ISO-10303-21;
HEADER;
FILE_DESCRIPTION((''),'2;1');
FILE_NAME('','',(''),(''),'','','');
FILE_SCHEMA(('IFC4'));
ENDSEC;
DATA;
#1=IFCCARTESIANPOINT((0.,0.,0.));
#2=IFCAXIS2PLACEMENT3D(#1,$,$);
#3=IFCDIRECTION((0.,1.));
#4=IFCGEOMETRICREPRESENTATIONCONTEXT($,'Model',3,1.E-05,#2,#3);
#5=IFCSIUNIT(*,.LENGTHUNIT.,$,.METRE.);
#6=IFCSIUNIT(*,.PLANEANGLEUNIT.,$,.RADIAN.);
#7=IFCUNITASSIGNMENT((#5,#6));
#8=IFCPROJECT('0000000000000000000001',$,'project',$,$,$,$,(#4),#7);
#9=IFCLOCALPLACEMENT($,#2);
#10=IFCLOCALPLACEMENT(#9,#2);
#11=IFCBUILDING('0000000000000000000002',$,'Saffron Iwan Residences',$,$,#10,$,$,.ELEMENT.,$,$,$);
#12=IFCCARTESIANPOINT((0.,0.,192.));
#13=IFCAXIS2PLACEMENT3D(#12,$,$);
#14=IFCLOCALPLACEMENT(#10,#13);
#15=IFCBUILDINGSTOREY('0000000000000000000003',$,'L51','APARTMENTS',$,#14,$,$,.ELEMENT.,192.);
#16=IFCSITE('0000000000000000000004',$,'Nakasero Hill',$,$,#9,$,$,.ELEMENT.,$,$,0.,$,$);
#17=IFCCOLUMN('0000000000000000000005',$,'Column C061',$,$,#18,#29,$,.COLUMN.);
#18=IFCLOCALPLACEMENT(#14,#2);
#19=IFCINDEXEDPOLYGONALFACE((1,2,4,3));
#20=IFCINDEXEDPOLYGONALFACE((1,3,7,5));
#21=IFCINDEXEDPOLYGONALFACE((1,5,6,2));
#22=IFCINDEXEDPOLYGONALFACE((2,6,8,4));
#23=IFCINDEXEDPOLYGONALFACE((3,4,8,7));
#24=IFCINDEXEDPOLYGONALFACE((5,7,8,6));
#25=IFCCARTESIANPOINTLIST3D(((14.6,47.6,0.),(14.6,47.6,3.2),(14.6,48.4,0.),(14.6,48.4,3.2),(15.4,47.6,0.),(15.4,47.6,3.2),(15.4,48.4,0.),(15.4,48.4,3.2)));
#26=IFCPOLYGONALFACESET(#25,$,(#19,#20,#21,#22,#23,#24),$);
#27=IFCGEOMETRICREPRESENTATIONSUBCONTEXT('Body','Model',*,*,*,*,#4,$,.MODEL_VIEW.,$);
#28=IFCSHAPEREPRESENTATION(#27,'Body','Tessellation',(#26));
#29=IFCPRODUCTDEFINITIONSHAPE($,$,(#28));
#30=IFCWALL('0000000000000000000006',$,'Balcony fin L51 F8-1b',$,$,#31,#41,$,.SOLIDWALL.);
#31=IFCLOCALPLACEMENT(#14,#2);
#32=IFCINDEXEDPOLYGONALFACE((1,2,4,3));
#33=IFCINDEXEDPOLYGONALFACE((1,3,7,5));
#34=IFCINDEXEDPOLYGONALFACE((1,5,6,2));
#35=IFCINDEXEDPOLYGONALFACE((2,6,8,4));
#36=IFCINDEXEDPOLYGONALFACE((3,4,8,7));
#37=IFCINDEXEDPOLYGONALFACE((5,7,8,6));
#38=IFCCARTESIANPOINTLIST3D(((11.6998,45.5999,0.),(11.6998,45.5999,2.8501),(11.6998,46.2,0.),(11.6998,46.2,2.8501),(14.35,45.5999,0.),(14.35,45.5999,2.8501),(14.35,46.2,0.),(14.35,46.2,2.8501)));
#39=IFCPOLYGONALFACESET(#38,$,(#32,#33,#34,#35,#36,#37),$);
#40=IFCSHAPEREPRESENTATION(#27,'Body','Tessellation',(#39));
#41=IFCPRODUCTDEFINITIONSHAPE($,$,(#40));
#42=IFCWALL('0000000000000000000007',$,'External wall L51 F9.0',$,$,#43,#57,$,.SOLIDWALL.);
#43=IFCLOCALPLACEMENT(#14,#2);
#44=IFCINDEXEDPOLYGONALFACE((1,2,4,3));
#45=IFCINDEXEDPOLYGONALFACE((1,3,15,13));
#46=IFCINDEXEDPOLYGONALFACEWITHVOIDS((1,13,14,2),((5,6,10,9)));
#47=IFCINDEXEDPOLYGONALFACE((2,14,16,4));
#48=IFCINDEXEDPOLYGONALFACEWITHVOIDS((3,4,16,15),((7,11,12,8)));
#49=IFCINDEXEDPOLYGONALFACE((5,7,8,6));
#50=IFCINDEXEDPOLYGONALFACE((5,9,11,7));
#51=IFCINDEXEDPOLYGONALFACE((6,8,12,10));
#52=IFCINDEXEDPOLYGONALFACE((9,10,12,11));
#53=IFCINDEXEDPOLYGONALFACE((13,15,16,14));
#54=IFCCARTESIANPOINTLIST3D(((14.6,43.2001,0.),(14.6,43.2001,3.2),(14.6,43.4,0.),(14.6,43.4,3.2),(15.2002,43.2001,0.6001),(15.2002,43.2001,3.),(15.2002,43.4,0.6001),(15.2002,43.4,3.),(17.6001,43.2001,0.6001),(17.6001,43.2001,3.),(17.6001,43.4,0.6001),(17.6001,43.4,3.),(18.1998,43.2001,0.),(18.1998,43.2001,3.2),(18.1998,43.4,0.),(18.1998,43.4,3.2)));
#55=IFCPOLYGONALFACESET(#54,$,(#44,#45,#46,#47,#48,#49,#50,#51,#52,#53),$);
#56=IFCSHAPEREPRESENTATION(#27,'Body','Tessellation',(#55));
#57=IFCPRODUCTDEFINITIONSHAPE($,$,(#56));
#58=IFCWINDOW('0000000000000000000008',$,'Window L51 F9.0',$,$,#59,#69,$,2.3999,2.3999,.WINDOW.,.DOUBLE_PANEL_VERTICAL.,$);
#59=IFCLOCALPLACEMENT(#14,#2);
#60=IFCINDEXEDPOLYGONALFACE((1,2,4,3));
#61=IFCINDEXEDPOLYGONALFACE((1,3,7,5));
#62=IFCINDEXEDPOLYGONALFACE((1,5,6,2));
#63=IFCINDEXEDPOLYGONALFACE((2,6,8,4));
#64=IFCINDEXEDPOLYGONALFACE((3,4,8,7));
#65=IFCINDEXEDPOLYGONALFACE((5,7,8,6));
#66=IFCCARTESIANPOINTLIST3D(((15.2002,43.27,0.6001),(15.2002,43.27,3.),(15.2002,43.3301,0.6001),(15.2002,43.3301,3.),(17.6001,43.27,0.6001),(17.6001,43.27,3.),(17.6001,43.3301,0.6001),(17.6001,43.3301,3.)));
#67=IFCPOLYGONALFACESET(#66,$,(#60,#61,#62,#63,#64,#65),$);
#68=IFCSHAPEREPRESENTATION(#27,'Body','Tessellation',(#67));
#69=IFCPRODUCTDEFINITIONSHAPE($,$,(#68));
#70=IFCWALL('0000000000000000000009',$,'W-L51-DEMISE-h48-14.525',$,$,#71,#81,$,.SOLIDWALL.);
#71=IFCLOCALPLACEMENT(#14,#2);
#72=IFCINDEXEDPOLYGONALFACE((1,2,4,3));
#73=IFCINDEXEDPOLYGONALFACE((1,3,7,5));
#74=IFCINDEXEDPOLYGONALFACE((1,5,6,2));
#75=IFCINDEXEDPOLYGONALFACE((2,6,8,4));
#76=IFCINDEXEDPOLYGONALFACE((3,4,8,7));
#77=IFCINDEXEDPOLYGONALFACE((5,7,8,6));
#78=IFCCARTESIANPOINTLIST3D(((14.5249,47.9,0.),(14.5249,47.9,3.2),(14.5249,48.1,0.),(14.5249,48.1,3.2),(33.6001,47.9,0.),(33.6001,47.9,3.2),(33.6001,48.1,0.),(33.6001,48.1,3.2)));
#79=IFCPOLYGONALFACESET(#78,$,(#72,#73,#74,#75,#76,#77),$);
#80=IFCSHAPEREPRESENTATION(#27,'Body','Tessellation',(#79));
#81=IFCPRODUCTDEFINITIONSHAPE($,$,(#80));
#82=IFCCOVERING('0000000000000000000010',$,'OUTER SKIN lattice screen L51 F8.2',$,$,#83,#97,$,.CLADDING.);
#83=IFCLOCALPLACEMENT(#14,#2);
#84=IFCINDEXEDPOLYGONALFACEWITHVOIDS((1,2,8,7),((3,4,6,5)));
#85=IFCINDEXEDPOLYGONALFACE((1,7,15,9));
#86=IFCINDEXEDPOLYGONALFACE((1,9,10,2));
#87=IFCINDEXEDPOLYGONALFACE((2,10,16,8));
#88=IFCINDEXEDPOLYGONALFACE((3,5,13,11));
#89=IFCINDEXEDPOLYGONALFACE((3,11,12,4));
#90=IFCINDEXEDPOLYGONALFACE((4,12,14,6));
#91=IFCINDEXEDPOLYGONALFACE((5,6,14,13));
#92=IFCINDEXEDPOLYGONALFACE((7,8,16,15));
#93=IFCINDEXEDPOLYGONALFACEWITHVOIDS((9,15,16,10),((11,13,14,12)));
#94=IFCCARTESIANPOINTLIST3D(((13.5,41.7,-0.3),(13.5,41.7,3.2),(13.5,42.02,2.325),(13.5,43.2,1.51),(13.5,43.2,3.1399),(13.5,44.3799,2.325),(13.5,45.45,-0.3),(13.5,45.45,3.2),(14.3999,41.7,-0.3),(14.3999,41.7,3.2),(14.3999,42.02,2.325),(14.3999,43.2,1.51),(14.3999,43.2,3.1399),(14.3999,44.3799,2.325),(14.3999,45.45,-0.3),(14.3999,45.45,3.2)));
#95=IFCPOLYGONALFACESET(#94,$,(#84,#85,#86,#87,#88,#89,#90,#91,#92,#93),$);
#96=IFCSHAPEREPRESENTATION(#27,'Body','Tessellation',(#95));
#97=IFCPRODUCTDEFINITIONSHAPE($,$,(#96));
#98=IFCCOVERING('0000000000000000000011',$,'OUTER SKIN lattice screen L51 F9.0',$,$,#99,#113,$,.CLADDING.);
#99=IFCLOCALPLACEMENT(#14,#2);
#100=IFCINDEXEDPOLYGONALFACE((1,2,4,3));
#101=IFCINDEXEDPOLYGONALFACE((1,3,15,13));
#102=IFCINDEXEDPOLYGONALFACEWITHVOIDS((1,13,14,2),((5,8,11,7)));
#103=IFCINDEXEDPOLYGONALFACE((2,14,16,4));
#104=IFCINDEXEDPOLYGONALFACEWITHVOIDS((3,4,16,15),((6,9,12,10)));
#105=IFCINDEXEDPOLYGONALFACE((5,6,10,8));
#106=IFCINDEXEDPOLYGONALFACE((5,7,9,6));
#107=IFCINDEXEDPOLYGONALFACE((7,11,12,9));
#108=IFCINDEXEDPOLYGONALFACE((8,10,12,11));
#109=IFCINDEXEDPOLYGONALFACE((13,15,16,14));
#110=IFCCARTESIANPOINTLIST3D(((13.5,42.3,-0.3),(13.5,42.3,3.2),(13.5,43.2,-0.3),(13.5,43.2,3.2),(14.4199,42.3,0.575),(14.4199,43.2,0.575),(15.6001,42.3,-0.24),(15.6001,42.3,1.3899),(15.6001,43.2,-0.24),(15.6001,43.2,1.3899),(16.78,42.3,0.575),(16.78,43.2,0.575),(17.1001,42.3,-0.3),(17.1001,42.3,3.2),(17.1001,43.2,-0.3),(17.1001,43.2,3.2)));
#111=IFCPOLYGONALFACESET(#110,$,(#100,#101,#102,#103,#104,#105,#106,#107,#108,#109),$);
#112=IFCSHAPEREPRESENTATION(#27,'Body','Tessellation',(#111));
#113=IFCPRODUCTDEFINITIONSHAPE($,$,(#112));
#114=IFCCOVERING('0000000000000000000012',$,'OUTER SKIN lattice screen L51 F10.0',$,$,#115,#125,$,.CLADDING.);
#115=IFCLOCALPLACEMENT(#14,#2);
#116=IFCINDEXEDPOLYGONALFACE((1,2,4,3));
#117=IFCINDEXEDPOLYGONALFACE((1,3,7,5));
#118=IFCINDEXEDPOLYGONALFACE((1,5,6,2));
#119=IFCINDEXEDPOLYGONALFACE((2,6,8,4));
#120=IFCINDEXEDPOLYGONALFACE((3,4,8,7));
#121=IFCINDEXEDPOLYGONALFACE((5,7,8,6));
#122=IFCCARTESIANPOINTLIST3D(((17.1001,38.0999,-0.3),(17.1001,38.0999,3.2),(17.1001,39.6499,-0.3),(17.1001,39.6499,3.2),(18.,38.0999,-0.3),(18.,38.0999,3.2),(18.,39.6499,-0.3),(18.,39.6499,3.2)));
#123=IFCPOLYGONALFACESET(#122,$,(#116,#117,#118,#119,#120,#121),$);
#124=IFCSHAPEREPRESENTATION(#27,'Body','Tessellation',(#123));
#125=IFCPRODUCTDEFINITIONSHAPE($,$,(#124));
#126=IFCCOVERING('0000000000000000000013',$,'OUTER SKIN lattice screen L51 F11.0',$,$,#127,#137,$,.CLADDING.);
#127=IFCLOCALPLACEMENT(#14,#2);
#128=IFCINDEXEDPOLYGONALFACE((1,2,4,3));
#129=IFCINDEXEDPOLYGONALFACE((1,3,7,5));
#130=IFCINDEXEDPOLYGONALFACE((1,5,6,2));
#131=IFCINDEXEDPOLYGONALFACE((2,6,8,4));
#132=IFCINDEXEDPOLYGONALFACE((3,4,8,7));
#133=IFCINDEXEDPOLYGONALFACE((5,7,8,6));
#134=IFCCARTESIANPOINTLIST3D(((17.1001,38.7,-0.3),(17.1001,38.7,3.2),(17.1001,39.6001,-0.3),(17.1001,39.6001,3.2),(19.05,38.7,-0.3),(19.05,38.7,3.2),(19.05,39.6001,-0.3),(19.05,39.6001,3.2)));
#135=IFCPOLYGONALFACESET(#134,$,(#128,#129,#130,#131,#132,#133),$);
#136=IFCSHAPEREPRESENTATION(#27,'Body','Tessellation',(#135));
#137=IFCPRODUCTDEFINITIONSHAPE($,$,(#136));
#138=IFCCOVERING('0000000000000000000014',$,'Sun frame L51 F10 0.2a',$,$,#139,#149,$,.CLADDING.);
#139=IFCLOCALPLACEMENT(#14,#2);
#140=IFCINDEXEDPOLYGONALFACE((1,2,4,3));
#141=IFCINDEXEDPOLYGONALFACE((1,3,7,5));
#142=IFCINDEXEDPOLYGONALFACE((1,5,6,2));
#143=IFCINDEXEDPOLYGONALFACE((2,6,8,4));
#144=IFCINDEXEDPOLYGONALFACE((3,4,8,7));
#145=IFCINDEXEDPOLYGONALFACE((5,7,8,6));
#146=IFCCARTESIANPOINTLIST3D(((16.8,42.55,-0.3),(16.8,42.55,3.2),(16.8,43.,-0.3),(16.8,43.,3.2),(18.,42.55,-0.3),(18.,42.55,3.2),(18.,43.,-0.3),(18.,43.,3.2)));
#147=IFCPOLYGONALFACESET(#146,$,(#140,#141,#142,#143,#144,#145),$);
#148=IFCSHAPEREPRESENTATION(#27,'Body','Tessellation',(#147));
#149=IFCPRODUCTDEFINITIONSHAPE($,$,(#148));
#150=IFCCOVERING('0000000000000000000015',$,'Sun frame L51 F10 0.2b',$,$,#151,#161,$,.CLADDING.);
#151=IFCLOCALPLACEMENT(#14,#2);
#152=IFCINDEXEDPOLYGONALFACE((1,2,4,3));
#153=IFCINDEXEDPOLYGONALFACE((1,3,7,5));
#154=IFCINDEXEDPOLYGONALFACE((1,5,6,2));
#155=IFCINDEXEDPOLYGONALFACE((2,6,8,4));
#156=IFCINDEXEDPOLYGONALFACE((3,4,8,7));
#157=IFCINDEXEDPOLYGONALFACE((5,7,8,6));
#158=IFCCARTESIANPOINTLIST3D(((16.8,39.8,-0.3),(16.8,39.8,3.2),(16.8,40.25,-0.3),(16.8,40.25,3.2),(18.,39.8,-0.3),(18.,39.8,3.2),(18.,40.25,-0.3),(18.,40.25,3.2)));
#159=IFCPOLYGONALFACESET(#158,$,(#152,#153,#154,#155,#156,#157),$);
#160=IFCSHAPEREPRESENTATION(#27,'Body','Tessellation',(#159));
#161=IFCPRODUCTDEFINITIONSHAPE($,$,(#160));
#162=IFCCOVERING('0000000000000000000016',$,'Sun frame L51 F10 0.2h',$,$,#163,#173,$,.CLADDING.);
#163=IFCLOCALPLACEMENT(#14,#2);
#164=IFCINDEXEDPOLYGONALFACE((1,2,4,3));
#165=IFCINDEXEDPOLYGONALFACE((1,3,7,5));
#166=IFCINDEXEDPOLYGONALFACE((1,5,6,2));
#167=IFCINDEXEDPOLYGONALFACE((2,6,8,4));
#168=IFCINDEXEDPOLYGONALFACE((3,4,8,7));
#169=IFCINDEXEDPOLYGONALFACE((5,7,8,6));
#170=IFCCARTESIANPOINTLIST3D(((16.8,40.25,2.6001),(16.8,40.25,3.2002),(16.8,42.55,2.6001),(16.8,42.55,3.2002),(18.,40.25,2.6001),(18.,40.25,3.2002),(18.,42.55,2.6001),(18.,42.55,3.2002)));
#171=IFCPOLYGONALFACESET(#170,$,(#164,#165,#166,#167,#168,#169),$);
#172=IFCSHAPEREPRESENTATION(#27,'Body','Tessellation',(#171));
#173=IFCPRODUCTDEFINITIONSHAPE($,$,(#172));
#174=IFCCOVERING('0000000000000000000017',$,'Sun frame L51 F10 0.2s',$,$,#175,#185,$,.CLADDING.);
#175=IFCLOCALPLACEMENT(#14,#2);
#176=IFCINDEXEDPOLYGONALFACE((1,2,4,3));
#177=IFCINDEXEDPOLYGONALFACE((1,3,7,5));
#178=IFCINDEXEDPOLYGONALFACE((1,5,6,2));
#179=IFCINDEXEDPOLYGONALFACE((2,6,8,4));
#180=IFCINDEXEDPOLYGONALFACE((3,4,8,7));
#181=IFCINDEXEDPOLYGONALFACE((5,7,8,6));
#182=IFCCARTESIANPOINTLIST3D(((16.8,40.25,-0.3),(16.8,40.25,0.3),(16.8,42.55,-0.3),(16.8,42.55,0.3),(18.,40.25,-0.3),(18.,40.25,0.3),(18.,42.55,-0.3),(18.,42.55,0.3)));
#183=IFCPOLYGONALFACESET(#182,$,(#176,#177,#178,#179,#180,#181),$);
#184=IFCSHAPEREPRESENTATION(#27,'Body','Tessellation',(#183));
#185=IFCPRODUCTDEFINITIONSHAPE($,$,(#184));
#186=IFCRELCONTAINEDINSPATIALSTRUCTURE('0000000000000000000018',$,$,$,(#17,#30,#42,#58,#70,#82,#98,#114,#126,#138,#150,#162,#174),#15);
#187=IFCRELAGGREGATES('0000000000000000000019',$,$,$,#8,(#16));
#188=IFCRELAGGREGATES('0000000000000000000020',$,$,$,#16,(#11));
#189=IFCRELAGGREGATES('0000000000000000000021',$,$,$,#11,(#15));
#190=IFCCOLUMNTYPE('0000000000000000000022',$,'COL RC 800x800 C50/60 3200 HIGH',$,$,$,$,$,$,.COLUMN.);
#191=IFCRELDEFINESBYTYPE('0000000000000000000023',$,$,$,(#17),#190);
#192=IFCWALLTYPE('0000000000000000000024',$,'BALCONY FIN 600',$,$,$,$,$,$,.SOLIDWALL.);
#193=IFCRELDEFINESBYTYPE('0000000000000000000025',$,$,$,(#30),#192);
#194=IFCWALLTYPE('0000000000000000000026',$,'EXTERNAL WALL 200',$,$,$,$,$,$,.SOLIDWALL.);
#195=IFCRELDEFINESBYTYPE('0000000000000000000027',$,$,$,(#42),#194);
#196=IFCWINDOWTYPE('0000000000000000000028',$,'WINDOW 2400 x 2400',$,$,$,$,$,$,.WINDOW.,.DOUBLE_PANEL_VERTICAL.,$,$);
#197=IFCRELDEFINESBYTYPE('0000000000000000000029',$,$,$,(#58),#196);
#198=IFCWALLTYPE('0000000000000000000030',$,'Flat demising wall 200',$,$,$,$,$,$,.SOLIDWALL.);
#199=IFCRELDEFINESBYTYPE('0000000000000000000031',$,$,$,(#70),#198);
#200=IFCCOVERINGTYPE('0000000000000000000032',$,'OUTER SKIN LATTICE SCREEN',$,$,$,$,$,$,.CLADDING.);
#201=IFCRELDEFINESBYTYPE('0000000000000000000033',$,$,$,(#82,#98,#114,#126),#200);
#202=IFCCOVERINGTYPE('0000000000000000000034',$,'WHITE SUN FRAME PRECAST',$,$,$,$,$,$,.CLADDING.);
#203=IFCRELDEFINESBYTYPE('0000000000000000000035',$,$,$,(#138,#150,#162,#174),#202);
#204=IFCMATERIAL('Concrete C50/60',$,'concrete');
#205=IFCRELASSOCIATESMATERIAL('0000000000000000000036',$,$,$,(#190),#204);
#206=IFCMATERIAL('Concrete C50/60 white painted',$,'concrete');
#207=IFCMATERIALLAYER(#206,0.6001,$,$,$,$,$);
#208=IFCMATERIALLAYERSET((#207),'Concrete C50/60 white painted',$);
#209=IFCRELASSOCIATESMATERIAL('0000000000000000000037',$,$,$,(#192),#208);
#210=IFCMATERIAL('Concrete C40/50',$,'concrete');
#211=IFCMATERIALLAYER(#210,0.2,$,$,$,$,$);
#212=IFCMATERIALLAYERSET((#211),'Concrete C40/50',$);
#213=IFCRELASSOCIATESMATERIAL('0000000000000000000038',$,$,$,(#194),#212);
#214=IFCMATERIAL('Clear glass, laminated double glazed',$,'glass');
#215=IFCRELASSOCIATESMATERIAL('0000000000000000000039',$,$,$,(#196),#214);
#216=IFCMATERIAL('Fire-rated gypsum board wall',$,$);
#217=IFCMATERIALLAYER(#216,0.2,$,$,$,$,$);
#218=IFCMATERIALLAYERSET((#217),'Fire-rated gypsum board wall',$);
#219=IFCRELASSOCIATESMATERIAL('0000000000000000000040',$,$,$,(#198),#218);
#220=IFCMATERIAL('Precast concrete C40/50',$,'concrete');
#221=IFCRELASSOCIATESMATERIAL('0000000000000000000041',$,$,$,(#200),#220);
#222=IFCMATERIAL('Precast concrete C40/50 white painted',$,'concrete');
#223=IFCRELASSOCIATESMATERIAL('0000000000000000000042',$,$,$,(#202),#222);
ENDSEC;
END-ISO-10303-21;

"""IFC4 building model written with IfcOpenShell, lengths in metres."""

from ifc_helpers import new_model, si_unit, direction, frame, frame_2d, origin, origin_2d, place, context, subcontext, project, spatial, polyline, rectangle, outline, extrude, source, transform, mapped, material, layer, layer_set, material_profile, profile_set, type_object, element, fill, save


model = new_model("IFC4")

# Units and contexts
model_context = context("Model", 3, precision=1e-05, world=origin(), true_north=direction((0.0, 1.0)))
body_context = subcontext(model_context, "Body", "Model", "MODEL_VIEW")
ifc_project = project(units=[si_unit("LENGTHUNIT", "METRE"), si_unit("PLANEANGLEUNIT", "RADIAN")], contexts=[model_context])

# Site, building, storey
site_placement = place(None, origin())
site = spatial("IfcSite", under=ifc_project, at=site_placement, Name="Nakasero Hill", CompositionType="ELEMENT", RefElevation=0.0)
building_placement = place(site_placement, origin())
building = spatial("IfcBuilding", under=site, at=building_placement, Name="Saffron Iwan Residences", CompositionType="ELEMENT")
storey_placement = place(building_placement, frame((0.0, 0.0, 192.0)))
storey = spatial("IfcBuildingStorey", under=building, at=storey_placement, Name="L51", Description="APARTMENTS", CompositionType="ELEMENT", Elevation=192.0)

# Column
ifc_material_1 = material(Name="Concrete C50/60", Category="concrete")
ifc_material_profile = material_profile(ifc_material_1, rectangle(XDim=0.8, YDim=0.8, at=origin_2d()), Name="RC 800x800")
ifc_profile_set = profile_set([ifc_material_profile], Name="Concrete C50/60")
column_type = type_object("IfcColumnType", Name="COL RC 800x800 C50/60 3200 HIGH", PredefinedType="COLUMN", material=ifc_profile_set)
shared_shape = source(origin(), body_context, "Body", "SweptSolid", [
    extrude(rectangle(XDim=0.8, YDim=0.8, at=origin_2d()), origin(), (0.0, 0.0, 1.0), 3.2),
])
column_placement = place(storey_placement, frame((15.0, 48.0, 0.0), z_axis=(0.0, 0.0, 1.0), x_axis=(1.0, 0.0, 0.0)))
element("IfcColumn", 1, at=column_placement, inside=storey, type_object=column_type, Name="Column C061", PredefinedType="COLUMN", context=body_context, shape_type="MappedRepresentation", body=[
    mapped(shared_shape, transform((0.0, 0.0, 0.0))),
])

# Wall
ifc_material_2 = material(Name="Concrete C50/60 white painted", Category="concrete")
ifc_layer_1 = layer(ifc_material_2, 0.6001)
ifc_layer_set_1 = layer_set([ifc_layer_1], Name="Concrete C50/60 white painted")
wall_type_1 = type_object("IfcWallType", Name="BALCONY FIN 600", PredefinedType="SOLIDWALL", material=ifc_layer_set_1)
wall_1_placement = place(storey_placement, frame((14.3501, 45.8999, 0.0), z_axis=(0.0, 0.0, 1.0), x_axis=(-1.0, 0.0, 0.0)))
element("IfcWall", 2, at=wall_1_placement, inside=storey, type_object=wall_type_1, Name="Balcony fin L51 F8-1b", PredefinedType="SOLIDWALL", context=body_context, shape_type="SweptSolid", body=[
    extrude(rectangle(XDim=2.6501, YDim=0.6001, at=frame_2d((1.3252, 0.0))), origin(), (0.0, 0.0, 1.0), 2.8501),
])

# Wall, opening, window
ifc_material_3 = material(Name="Concrete C40/50", Category="concrete")
ifc_layer_2 = layer(ifc_material_3, 0.2)
ifc_layer_set_2 = layer_set([ifc_layer_2], Name="Concrete C40/50")
wall_type_2 = type_object("IfcWallType", Name="EXTERNAL WALL 200", PredefinedType="SOLIDWALL", material=ifc_layer_set_2)
wall_2_placement = place(storey_placement, frame((14.6001, 43.3, 0.0), z_axis=(0.0, 0.0, 1.0), x_axis=(1.0, 0.0, 0.0)))
wall_2 = element("IfcWall", 3, at=wall_2_placement, inside=storey, type_object=wall_type_2, Name="External wall L51 F9.0", PredefinedType="SOLIDWALL", context=body_context, shape_type="SweptSolid", body=[
    extrude(rectangle(XDim=3.5999, YDim=0.2, at=frame_2d((1.7998, 0.0))), origin(), (0.0, 0.0, 1.0), 3.2),
])
opening_placement = place(wall_2_placement, frame((0.6001, 0.0, 0.6001)))
opening = element("IfcOpeningElement", 4, at=opening_placement, cuts=wall_2, PredefinedType="OPENING", context=body_context, shape_type="SweptSolid", body=[
    extrude(rectangle(XDim=2.3999, YDim=2.3999, at=frame_2d((1.2, 1.2))), frame((0.0, 0.1099, 0.0), z_axis=(0.0, -1.0, 0.0), x_axis=(1.0, 0.0, 0.0)), (0.0, 0.0, 1.0), 0.22),
])
ifc_material_4 = material(Name="Clear glass, laminated double glazed", Category="glass")
window_type = type_object("IfcWindowType", Name="WINDOW 2400 x 2400", PartitioningType="DOUBLE_PANEL_VERTICAL", PredefinedType="WINDOW", material=ifc_material_4)
window_placement = place(opening_placement, origin())
window = element("IfcWindow", 5, at=window_placement, inside=storey, type_object=window_type, Name="Window L51 F9.0", OverallHeight=2.3999, OverallWidth=2.3999, PartitioningType="DOUBLE_PANEL_VERTICAL", PredefinedType="WINDOW", context=body_context, shape_type="SweptSolid", body=[
    extrude(rectangle(XDim=2.3999, YDim=2.3999, at=frame_2d((1.2, 1.2))), frame((0.0, 0.03, 0.0), z_axis=(0.0, -1.0, 0.0), x_axis=(1.0, 0.0, 0.0)), (0.0, 0.0, 1.0), 0.0601),
])
fill(opening, window)

# Wall
ifc_material_5 = material(Name="Fire-rated gypsum board wall")
ifc_layer_3 = layer(ifc_material_5, 0.2)
ifc_layer_set_3 = layer_set([ifc_layer_3], Name="Fire-rated gypsum board wall")
wall_type_3 = type_object("IfcWallType", Name="Flat demising wall 200", PredefinedType="SOLIDWALL", material=ifc_layer_set_3)
wall_3_placement = place(storey_placement, frame((14.5249, 48.0, 0.0), z_axis=(0.0, 0.0, 1.0), x_axis=(1.0, 0.0, 0.0)))
element("IfcWall", 6, at=wall_3_placement, inside=storey, type_object=wall_type_3, Name="W-L51-DEMISE-h48-14.525", PredefinedType="SOLIDWALL", context=body_context, shape_type="SweptSolid", body=[
    extrude(rectangle(XDim=19.0752, YDim=0.2, at=frame_2d((9.5376, 0.0))), origin(), (0.0, 0.0, 1.0), 3.2),
])

# Coverings
ifc_material_6 = material(Name="Precast concrete C40/50", Category="concrete")
covering_type_1 = type_object("IfcCoveringType", Name="OUTER SKIN LATTICE SCREEN", PredefinedType="CLADDING", material=ifc_material_6)
covering_1_placement = place(storey_placement, frame((14.3999, 45.45, -0.3), z_axis=(-1.0, 0.0, 0.0), x_axis=(0.0, -1.0, 0.0)))
element("IfcCovering", 7, at=covering_1_placement, inside=storey, type_object=covering_type_1, Name="OUTER SKIN lattice screen L51 F8.2", PredefinedType="CLADDING", context=body_context, shape_type="SweptSolid", body=[
    extrude(outline(polyline([(0.0, 0.0), (3.75, 0.0), (3.75, 3.5), (0.0, 3.5), (0.0, 0.0)]), holes=[polyline([(1.0701, 2.625), (2.25, 1.8101), (3.4299, 2.625), (2.25, 3.4399), (1.0701, 2.625)])]), origin(), (0.0, 0.0, 1.0), 0.8999),
])
covering_2_placement = place(storey_placement, frame((13.5, 43.2, -0.3), z_axis=(0.0, -1.0, 0.0), x_axis=(1.0, 0.0, 0.0)))
element("IfcCovering", 8, at=covering_2_placement, inside=storey, type_object=covering_type_1, Name="OUTER SKIN lattice screen L51 F9.0", PredefinedType="CLADDING", context=body_context, shape_type="SweptSolid", body=[
    extrude(outline(polyline([(0.0, 0.0), (3.6001, 0.0), (3.6001, 3.5), (0.0, 3.5), (0.0, 0.0)]), holes=[polyline([(0.9199, 0.875), (2.1001, 0.0601), (3.28, 0.875), (2.1001, 1.6899), (0.9199, 0.875)])]), origin(), (0.0, 0.0, 1.0), 0.8999),
])
covering_3_placement = place(storey_placement, frame((18.0, 39.6499, -0.3), z_axis=(-1.0, 0.0, 0.0), x_axis=(0.0, -1.0, 0.0)))
element("IfcCovering", 9, at=covering_3_placement, inside=storey, type_object=covering_type_1, Name="OUTER SKIN lattice screen L51 F10.0", PredefinedType="CLADDING", context=body_context, shape_type="SweptSolid", body=[
    extrude(outline(polyline([(0.0, 0.0), (1.55, 0.0), (1.55, 3.5), (0.0, 3.5), (0.0, 0.0)])), origin(), (0.0, 0.0, 1.0), 0.8999),
])
covering_4_placement = place(storey_placement, frame((17.1001, 39.6001, -0.3), z_axis=(0.0, -1.0, 0.0), x_axis=(1.0, 0.0, 0.0)))
element("IfcCovering", 10, at=covering_4_placement, inside=storey, type_object=covering_type_1, Name="OUTER SKIN lattice screen L51 F11.0", PredefinedType="CLADDING", context=body_context, shape_type="SweptSolid", body=[
    extrude(outline(polyline([(0.0, 0.0), (1.95, 0.0), (1.95, 3.5), (0.0, 3.5), (0.0, 0.0)])), origin(), (0.0, 0.0, 1.0), 0.9001),
])
ifc_material_7 = material(Name="Precast concrete C40/50 white painted", Category="concrete")
covering_type_2 = type_object("IfcCoveringType", Name="WHITE SUN FRAME PRECAST", PredefinedType="CLADDING", material=ifc_material_7)
for number, where, z_axis, x_axis, name in (
    (11, (18.0, 43.0, -0.3), (-1.0, 0.0, 0.0), (0.0, -1.0, 0.0), "Sun frame L51 F10 0.2a"),
    (12, (18.0, 40.25, -0.3), (-1.0, 0.0, 0.0), (0.0, -1.0, 0.0), "Sun frame L51 F10 0.2b"),
):
    element("IfcCovering", number, at=place(storey_placement, frame(where, z_axis=z_axis, x_axis=x_axis)), inside=storey, type_object=covering_type_2, Name=name, PredefinedType="CLADDING", context=body_context, shape_type="SweptSolid", body=[
        extrude(outline(polyline([(0.0, 0.0), (0.45, 0.0), (0.45, 3.5), (0.0, 3.5), (0.0, 0.0)])), origin(), (0.0, 0.0, 1.0), 1.2),
    ])
for number, where, z_axis, x_axis, name in (
    (13, (18.0, 42.55, 2.6001), (-1.0, 0.0, 0.0), (0.0, -1.0, 0.0), "Sun frame L51 F10 0.2h"),
    (14, (18.0, 42.55, -0.3), (-1.0, 0.0, 0.0), (0.0, -1.0, 0.0), "Sun frame L51 F10 0.2s"),
):
    element("IfcCovering", number, at=place(storey_placement, frame(where, z_axis=z_axis, x_axis=x_axis)), inside=storey, type_object=covering_type_2, Name=name, PredefinedType="CLADDING", context=body_context, shape_type="SweptSolid", body=[
        extrude(outline(polyline([(0.0, 0.0), (2.3, 0.0), (2.3, 0.6001), (0.0, 0.6001), (0.0, 0.0)])), origin(), (0.0, 0.0, 1.0), 1.2),
    ])

save(model, "model.ifc")
